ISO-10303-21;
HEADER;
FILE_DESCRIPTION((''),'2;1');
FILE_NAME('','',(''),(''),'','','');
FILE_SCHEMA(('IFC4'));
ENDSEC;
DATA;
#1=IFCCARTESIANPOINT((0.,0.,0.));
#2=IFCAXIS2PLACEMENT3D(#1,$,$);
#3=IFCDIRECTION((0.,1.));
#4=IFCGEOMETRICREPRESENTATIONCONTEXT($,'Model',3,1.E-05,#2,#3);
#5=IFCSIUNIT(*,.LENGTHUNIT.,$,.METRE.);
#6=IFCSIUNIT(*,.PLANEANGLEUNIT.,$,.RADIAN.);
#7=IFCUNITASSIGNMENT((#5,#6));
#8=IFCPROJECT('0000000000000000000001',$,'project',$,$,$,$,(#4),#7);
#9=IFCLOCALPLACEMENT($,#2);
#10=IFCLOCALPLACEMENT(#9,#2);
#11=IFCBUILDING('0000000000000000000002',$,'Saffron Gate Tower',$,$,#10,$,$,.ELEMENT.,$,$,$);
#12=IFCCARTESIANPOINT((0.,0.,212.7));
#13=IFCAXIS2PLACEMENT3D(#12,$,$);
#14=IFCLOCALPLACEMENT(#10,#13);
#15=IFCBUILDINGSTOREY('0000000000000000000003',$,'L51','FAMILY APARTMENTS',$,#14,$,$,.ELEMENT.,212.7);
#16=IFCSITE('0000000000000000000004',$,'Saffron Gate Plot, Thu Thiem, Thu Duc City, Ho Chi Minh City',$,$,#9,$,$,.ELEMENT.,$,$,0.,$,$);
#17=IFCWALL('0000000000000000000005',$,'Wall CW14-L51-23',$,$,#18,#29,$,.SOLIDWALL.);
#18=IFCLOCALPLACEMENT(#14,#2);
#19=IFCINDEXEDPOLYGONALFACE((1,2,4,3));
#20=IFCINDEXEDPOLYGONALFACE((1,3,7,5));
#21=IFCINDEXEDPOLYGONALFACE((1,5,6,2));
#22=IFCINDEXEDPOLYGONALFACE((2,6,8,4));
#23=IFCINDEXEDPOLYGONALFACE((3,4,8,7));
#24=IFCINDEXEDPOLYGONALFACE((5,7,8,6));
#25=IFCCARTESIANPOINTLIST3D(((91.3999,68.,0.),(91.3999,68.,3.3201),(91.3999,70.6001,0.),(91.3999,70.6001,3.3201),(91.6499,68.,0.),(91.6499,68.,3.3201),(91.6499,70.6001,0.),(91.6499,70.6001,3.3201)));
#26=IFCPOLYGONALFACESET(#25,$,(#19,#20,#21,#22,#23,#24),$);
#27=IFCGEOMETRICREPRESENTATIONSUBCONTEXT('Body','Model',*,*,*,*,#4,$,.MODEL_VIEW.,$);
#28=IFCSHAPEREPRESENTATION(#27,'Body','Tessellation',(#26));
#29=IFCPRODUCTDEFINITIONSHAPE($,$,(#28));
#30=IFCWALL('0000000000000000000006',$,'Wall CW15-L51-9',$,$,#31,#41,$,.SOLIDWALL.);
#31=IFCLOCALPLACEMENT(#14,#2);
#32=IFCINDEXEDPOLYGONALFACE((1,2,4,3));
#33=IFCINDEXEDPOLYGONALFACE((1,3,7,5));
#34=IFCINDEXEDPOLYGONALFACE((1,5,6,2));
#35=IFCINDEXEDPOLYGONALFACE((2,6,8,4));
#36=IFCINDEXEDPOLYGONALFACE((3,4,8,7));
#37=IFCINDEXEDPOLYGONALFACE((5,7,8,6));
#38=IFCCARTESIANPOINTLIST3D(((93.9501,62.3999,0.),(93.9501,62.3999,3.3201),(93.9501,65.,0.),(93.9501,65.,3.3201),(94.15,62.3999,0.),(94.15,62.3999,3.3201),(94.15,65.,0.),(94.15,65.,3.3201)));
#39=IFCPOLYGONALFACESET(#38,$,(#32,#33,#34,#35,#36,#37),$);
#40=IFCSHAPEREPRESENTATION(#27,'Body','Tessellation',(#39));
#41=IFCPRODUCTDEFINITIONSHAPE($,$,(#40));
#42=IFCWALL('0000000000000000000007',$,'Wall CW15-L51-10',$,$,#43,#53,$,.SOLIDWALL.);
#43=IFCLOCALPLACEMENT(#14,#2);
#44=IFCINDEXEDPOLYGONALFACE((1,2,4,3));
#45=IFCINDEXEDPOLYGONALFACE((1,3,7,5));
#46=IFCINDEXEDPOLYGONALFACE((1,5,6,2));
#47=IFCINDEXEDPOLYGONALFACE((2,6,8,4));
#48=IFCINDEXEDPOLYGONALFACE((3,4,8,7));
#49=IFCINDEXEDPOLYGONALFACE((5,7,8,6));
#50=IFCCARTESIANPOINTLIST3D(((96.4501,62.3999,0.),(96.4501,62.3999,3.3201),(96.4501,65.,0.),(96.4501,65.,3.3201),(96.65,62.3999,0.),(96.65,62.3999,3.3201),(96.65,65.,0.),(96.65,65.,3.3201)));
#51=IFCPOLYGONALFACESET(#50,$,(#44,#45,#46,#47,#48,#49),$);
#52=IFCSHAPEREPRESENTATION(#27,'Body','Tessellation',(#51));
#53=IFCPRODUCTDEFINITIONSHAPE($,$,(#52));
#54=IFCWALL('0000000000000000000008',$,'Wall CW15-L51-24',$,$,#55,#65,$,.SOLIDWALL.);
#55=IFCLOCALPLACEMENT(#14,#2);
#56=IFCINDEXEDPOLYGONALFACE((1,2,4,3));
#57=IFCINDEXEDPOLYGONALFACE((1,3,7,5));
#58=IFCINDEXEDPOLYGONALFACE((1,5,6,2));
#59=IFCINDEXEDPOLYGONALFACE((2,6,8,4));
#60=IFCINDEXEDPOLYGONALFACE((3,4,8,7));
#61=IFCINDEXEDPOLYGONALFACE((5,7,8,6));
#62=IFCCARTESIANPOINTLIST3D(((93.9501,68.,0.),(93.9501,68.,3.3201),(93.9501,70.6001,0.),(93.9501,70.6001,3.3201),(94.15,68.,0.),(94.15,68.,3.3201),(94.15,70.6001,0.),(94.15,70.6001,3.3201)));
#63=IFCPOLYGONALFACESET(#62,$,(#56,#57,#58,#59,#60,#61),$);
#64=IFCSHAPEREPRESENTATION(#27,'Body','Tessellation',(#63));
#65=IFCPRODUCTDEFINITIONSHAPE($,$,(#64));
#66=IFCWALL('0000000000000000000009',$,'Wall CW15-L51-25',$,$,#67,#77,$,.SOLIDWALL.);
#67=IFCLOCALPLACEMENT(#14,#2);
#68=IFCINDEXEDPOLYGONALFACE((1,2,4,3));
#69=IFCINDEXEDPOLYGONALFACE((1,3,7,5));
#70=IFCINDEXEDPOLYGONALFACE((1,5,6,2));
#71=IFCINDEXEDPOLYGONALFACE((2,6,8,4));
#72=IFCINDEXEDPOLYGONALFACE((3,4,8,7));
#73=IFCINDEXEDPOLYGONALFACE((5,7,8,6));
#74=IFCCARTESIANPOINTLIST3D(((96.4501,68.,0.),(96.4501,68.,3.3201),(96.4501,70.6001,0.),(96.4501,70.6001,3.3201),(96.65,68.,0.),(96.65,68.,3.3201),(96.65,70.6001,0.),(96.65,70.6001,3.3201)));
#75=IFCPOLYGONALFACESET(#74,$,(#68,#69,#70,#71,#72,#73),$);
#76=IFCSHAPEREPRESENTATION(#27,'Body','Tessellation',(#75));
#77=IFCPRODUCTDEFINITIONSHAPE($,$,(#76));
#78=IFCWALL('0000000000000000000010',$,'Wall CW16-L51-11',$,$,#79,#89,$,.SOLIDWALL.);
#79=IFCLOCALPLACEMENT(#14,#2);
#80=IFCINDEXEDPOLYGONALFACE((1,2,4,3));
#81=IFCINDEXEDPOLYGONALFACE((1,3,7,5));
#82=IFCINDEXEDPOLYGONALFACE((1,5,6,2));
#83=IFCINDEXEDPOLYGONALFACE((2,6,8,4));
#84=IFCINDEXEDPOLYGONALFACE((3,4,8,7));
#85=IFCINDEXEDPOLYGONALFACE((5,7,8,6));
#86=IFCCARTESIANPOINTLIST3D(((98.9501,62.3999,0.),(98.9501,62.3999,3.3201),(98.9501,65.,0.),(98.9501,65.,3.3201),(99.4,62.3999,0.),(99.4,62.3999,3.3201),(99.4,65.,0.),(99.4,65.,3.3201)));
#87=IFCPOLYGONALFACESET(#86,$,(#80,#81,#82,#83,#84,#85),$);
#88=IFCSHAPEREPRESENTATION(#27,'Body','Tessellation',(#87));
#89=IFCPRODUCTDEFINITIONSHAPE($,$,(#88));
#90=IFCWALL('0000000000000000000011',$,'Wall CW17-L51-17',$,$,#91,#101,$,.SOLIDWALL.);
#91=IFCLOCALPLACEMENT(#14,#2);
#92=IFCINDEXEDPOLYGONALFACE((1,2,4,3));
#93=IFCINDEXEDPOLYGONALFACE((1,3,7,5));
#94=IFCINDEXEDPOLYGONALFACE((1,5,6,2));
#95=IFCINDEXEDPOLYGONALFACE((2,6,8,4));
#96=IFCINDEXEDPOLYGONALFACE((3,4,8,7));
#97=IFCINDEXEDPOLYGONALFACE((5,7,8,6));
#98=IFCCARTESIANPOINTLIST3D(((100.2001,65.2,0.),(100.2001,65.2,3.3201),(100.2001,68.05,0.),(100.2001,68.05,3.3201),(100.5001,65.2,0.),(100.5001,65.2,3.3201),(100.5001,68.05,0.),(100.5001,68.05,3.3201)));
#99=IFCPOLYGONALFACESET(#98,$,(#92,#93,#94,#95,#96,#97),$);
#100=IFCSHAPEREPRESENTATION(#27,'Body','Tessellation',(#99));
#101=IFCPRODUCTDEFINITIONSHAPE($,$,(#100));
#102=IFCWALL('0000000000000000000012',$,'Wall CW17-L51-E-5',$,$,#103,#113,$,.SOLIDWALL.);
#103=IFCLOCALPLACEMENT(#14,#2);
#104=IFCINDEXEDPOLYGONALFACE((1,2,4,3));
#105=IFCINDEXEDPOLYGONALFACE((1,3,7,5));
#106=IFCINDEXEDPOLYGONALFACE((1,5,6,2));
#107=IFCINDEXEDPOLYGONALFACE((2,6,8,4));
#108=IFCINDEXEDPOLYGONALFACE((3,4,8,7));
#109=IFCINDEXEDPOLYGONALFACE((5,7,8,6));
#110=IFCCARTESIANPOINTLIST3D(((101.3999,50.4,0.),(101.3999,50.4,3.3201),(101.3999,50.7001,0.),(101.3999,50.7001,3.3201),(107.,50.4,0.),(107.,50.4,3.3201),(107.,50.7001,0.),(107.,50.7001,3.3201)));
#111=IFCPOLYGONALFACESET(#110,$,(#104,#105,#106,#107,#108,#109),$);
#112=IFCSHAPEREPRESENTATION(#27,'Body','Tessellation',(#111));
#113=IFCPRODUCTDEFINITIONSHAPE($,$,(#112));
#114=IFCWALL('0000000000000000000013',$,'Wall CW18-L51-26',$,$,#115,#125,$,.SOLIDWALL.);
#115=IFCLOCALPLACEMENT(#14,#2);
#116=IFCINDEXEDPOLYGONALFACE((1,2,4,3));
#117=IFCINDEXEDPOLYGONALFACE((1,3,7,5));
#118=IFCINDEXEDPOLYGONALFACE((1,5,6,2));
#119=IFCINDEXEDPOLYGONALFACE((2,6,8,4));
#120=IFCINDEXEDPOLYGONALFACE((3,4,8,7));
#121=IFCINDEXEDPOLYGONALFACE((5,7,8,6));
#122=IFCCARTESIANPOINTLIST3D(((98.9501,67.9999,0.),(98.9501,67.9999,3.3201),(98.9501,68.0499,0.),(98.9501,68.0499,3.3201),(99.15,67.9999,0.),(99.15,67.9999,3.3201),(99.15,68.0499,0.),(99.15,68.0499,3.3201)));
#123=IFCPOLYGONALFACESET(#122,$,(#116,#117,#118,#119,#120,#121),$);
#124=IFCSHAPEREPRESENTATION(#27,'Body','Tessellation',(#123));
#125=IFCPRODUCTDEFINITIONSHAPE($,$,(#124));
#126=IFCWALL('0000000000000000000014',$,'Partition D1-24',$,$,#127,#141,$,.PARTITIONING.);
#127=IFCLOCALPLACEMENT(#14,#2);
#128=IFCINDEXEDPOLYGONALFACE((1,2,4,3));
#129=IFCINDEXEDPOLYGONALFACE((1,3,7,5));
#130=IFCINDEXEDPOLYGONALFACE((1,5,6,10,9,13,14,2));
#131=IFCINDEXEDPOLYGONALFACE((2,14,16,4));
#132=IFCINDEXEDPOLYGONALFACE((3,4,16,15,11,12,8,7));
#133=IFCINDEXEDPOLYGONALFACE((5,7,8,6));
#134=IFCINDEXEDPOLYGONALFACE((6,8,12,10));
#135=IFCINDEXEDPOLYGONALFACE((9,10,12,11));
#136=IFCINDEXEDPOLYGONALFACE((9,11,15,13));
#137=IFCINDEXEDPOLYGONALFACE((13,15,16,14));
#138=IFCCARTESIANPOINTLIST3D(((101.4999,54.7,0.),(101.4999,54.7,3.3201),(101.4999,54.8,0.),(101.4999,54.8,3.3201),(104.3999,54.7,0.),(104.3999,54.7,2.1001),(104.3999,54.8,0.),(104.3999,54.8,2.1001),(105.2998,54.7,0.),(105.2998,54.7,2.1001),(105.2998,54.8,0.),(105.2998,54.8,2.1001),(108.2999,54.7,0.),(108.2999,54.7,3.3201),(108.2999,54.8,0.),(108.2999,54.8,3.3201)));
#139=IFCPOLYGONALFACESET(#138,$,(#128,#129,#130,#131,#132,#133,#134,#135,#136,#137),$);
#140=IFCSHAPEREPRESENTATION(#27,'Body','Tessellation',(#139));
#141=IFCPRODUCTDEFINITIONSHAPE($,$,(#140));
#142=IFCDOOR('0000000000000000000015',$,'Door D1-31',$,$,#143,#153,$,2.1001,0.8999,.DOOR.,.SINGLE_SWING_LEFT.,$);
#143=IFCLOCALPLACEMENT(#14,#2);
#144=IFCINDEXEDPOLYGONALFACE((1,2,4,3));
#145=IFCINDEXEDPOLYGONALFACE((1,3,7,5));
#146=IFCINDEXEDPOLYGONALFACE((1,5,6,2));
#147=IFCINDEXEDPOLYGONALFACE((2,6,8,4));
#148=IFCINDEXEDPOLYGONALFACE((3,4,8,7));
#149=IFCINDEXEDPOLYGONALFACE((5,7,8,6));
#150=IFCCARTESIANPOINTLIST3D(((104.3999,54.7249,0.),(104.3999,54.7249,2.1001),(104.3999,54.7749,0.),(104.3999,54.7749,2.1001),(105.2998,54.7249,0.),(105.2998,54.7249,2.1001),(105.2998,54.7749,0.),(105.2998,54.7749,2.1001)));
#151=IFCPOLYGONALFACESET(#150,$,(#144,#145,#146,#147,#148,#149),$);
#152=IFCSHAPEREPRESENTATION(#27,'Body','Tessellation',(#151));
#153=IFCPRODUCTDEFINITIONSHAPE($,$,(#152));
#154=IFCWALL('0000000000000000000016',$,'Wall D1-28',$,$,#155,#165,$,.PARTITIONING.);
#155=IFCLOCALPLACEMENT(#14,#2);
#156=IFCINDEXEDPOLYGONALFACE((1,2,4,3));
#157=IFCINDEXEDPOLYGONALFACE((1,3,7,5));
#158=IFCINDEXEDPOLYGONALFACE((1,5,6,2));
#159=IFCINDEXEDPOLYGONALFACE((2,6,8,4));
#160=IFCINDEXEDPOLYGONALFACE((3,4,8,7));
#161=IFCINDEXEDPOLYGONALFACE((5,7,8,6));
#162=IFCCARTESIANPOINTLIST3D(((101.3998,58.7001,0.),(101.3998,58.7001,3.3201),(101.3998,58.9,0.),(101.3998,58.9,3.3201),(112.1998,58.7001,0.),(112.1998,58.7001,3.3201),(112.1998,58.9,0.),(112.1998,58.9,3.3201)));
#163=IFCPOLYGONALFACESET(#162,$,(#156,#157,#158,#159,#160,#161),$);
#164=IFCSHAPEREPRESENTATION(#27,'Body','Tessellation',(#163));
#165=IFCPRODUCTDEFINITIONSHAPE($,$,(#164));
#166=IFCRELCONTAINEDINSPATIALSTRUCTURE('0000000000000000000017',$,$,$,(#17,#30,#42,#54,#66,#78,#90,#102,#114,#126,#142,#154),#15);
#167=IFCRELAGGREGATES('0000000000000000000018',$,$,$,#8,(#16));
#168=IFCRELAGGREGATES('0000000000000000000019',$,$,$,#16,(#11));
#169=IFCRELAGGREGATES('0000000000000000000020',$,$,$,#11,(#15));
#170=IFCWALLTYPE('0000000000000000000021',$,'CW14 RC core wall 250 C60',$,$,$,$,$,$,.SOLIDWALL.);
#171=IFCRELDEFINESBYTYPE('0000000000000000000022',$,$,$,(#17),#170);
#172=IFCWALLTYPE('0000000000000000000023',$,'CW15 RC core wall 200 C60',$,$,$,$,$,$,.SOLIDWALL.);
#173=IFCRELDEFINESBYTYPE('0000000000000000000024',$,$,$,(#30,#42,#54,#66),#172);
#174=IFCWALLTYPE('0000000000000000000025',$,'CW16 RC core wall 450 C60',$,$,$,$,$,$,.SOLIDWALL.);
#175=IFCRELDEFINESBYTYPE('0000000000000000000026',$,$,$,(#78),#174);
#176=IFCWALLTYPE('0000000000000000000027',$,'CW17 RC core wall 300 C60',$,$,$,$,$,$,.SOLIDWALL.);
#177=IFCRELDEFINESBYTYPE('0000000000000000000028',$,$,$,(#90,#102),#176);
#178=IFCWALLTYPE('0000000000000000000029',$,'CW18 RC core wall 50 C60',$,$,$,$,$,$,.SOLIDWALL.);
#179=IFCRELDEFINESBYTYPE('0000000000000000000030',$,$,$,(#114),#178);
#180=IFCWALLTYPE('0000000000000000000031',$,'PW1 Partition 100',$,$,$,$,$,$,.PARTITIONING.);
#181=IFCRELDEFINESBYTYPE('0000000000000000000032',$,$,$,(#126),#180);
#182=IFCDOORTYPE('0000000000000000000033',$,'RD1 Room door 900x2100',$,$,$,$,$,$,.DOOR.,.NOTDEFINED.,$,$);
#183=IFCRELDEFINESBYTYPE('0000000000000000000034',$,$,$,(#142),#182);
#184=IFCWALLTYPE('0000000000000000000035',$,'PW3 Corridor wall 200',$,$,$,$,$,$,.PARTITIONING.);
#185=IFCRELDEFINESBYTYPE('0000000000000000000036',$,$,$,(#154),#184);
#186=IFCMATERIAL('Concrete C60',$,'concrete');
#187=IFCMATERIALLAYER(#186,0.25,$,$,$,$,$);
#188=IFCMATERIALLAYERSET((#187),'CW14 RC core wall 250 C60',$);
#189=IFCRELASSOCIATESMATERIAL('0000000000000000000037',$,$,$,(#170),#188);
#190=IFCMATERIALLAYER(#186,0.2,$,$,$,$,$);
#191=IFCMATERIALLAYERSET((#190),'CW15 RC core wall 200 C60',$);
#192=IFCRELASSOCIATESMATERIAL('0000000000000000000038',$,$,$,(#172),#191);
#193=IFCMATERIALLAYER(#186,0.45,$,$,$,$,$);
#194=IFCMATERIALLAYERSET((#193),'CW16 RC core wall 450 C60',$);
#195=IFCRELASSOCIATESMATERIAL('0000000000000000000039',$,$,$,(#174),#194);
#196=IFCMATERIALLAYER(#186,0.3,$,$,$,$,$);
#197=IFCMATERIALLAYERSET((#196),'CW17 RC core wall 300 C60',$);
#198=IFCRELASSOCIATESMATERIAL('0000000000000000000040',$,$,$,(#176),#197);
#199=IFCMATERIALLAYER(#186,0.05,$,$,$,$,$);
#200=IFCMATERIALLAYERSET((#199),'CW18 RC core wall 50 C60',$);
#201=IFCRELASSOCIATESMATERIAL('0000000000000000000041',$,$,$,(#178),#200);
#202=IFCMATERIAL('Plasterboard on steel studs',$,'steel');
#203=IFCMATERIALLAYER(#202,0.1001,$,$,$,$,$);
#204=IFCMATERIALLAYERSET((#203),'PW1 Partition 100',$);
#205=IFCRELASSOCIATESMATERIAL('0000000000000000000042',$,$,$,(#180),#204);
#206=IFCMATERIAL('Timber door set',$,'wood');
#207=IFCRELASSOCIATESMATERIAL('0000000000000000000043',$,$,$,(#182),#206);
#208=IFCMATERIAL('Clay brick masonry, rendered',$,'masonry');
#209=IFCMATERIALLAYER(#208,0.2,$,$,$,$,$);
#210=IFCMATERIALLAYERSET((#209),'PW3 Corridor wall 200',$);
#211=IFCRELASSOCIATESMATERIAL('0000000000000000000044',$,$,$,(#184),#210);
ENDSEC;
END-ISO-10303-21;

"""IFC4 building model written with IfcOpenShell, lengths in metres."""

from ifc_helpers import new_model, si_unit, direction, frame, frame_2d, origin, place, context, subcontext, project, spatial, rectangle, extrude, material, layer, layer_set, type_object, element, fill, save


model = new_model("IFC4")

# Units and contexts
model_context = context("Model", 3, precision=1e-05, world=origin(), true_north=direction((0.0, 1.0)))
body_context = subcontext(model_context, "Body", "Model", "MODEL_VIEW")
ifc_project = project(units=[si_unit("LENGTHUNIT", "METRE"), si_unit("PLANEANGLEUNIT", "RADIAN")], contexts=[model_context])

# Site, building, storey
site_placement = place(None, origin())
site = spatial("IfcSite", under=ifc_project, at=site_placement, Name="Saffron Gate Plot, Thu Thiem, Thu Duc City, Ho Chi Minh City", CompositionType="ELEMENT", RefElevation=0.0)
building_placement = place(site_placement, origin())
building = spatial("IfcBuilding", under=site, at=building_placement, Name="Saffron Gate Tower", CompositionType="ELEMENT")
storey_placement = place(building_placement, frame((0.0, 0.0, 212.7)))
storey = spatial("IfcBuildingStorey", under=building, at=storey_placement, Name="L51", Description="FAMILY APARTMENTS", CompositionType="ELEMENT", Elevation=212.7)

# Walls
ifc_material_1 = material(Name="Concrete C60", Category="concrete")
ifc_layer_1 = layer(ifc_material_1, 0.25)
ifc_layer_set_1 = layer_set([ifc_layer_1], Name="CW14 RC core wall 250 C60")
wall_type_1 = type_object("IfcWallType", Name="CW14 RC core wall 250 C60", PredefinedType="SOLIDWALL", material=ifc_layer_set_1)
wall_1_placement = place(storey_placement, frame((91.5249, 68.0, 0.0), z_axis=(0.0, 0.0, 1.0), x_axis=(0.0, 1.0, 0.0)))
element("IfcWall", 1, at=wall_1_placement, inside=storey, type_object=wall_type_1, Name="Wall CW14-L51-23", PredefinedType="SOLIDWALL", context=body_context, shape_type="SweptSolid", body=[
    extrude(rectangle(XDim=2.6001, YDim=0.25, at=frame_2d((1.3, 0.0))), origin(), (0.0, 0.0, 1.0), 3.3201),
])
ifc_layer_2 = layer(ifc_material_1, 0.2)
ifc_layer_set_2 = layer_set([ifc_layer_2], Name="CW15 RC core wall 200 C60")
wall_type_2 = type_object("IfcWallType", Name="CW15 RC core wall 200 C60", PredefinedType="SOLIDWALL", material=ifc_layer_set_2)
for number, where, z_axis, x_axis, name in (
    (2, (94.05, 62.3999, 0.0), (0.0, 0.0, 1.0), (0.0, 1.0, 0.0), "Wall CW15-L51-9"),
    (3, (96.55, 62.3999, 0.0), (0.0, 0.0, 1.0), (0.0, 1.0, 0.0), "Wall CW15-L51-10"),
    (4, (94.05, 68.0, 0.0), (0.0, 0.0, 1.0), (0.0, 1.0, 0.0), "Wall CW15-L51-24"),
    (5, (96.55, 68.0, 0.0), (0.0, 0.0, 1.0), (0.0, 1.0, 0.0), "Wall CW15-L51-25"),
):
    element("IfcWall", number, at=place(storey_placement, frame(where, z_axis=z_axis, x_axis=x_axis)), inside=storey, type_object=wall_type_2, Name=name, PredefinedType="SOLIDWALL", context=body_context, shape_type="SweptSolid", body=[
        extrude(rectangle(XDim=2.6001, YDim=0.2, at=frame_2d((1.3, 0.0))), origin(), (0.0, 0.0, 1.0), 3.3201),
    ])
ifc_layer_3 = layer(ifc_material_1, 0.45)
ifc_layer_set_3 = layer_set([ifc_layer_3], Name="CW16 RC core wall 450 C60")
wall_type_3 = type_object("IfcWallType", Name="CW16 RC core wall 450 C60", PredefinedType="SOLIDWALL", material=ifc_layer_set_3)
wall_2_placement = place(storey_placement, frame((99.175, 62.3999, 0.0), z_axis=(0.0, 0.0, 1.0), x_axis=(0.0, 1.0, 0.0)))
element("IfcWall", 6, at=wall_2_placement, inside=storey, type_object=wall_type_3, Name="Wall CW16-L51-11", PredefinedType="SOLIDWALL", context=body_context, shape_type="SweptSolid", body=[
    extrude(rectangle(XDim=2.6001, YDim=0.45, at=frame_2d((1.3, 0.0))), origin(), (0.0, 0.0, 1.0), 3.3201),
])
ifc_layer_4 = layer(ifc_material_1, 0.3)
ifc_layer_set_4 = layer_set([ifc_layer_4], Name="CW17 RC core wall 300 C60")
wall_type_4 = type_object("IfcWallType", Name="CW17 RC core wall 300 C60", PredefinedType="SOLIDWALL", material=ifc_layer_set_4)
wall_3_placement = place(storey_placement, frame((100.3501, 65.2, 0.0), z_axis=(0.0, 0.0, 1.0), x_axis=(0.0, 1.0, 0.0)))
element("IfcWall", 7, at=wall_3_placement, inside=storey, type_object=wall_type_4, Name="Wall CW17-L51-17", PredefinedType="SOLIDWALL", context=body_context, shape_type="SweptSolid", body=[
    extrude(rectangle(XDim=2.8501, YDim=0.3, at=frame_2d((1.425, 0.0))), origin(), (0.0, 0.0, 1.0), 3.3201),
])
wall_4_placement = place(storey_placement, frame((101.3999, 50.55, 0.0), z_axis=(0.0, 0.0, 1.0), x_axis=(1.0, 0.0, 0.0)))
element("IfcWall", 8, at=wall_4_placement, inside=storey, type_object=wall_type_4, Name="Wall CW17-L51-E-5", PredefinedType="SOLIDWALL", context=body_context, shape_type="SweptSolid", body=[
    extrude(rectangle(XDim=5.6001, YDim=0.3, at=frame_2d((2.8, 0.0))), origin(), (0.0, 0.0, 1.0), 3.3201),
])
ifc_layer_5 = layer(ifc_material_1, 0.05)
ifc_layer_set_5 = layer_set([ifc_layer_5], Name="CW18 RC core wall 50 C60")
wall_type_5 = type_object("IfcWallType", Name="CW18 RC core wall 50 C60", PredefinedType="SOLIDWALL", material=ifc_layer_set_5)
wall_5_placement = place(storey_placement, frame((98.95, 68.0249, 0.0), z_axis=(0.0, 0.0, 1.0), x_axis=(1.0, 0.0, 0.0)))
element("IfcWall", 9, at=wall_5_placement, inside=storey, type_object=wall_type_5, Name="Wall CW18-L51-26", PredefinedType="SOLIDWALL", context=body_context, shape_type="SweptSolid", body=[
    extrude(rectangle(XDim=0.2, YDim=0.05, at=frame_2d((0.1001, 0.0))), origin(), (0.0, 0.0, 1.0), 3.3201),
])

# Wall, opening, door
ifc_material_2 = material(Name="Plasterboard on steel studs", Category="steel")
ifc_layer_6 = layer(ifc_material_2, 0.1001)
ifc_layer_set_6 = layer_set([ifc_layer_6], Name="PW1 Partition 100")
wall_type_6 = type_object("IfcWallType", Name="PW1 Partition 100", PredefinedType="PARTITIONING", material=ifc_layer_set_6)
wall_6_placement = place(storey_placement, frame((101.5, 54.75, 0.0), z_axis=(0.0, 0.0, 1.0), x_axis=(1.0, 0.0, 0.0)))
wall_6 = element("IfcWall", 10, at=wall_6_placement, inside=storey, type_object=wall_type_6, Name="Partition D1-24", PredefinedType="PARTITIONING", context=body_context, shape_type="SweptSolid", body=[
    extrude(rectangle(XDim=6.8, YDim=0.1001, at=frame_2d((3.3999, 0.0))), origin(), (0.0, 0.0, 1.0), 3.3201),
])
opening_1_placement = place(wall_6_placement, frame((2.8999, 0.0, 0.0)))
opening_1 = element("IfcOpeningElement", 11, at=opening_1_placement, cuts=wall_6, PredefinedType="OPENING", context=body_context, shape_type="SweptSolid", body=[
    extrude(rectangle(XDim=0.8999, YDim=2.1001, at=frame_2d((0.45, 1.05))), frame((0.0, 0.0601, 0.0), z_axis=(0.0, -1.0, 0.0), x_axis=(1.0, 0.0, 0.0)), (0.0, 0.0, 1.0), 0.1201),
])
ifc_material_3 = material(Name="Timber door set", Category="wood")
door_type = type_object("IfcDoorType", Name="RD1 Room door 900x2100", OperationType="NOTDEFINED", PredefinedType="DOOR", material=ifc_material_3)
door_placement = place(opening_1_placement, origin())
door = element("IfcDoor", 12, at=door_placement, inside=storey, type_object=door_type, Name="Door D1-31", OperationType="SINGLE_SWING_LEFT", OverallHeight=2.1001, OverallWidth=0.8999, PredefinedType="DOOR", context=body_context, shape_type="SweptSolid", body=[
    extrude(rectangle(XDim=0.8999, YDim=2.1001, at=frame_2d((0.45, 1.05))), frame((0.0, 0.0249, 0.0), z_axis=(0.0, -1.0, 0.0), x_axis=(1.0, 0.0, 0.0)), (0.0, 0.0, 1.0), 0.05),
])
fill(opening_1, door)

# Wall
ifc_material_4 = material(Name="Clay brick masonry, rendered", Category="masonry")
ifc_layer_7 = layer(ifc_material_4, 0.2)
ifc_layer_set_7 = layer_set([ifc_layer_7], Name="PW3 Corridor wall 200")
wall_type_7 = type_object("IfcWallType", Name="PW3 Corridor wall 200", PredefinedType="PARTITIONING", material=ifc_layer_set_7)
wall_7_placement = place(storey_placement, frame((101.3999, 58.8, 0.0), z_axis=(0.0, 0.0, 1.0), x_axis=(1.0, 0.0, 0.0)))
element("IfcWall", 13, at=wall_7_placement, inside=storey, type_object=wall_type_7, Name="Wall D1-28", PredefinedType="PARTITIONING", context=body_context, shape_type="SweptSolid", body=[
    extrude(rectangle(XDim=10.8, YDim=0.2, at=frame_2d((5.3999, 0.0))), origin(), (0.0, 0.0, 1.0), 3.3201),
])

save(model, "model.ifc")
